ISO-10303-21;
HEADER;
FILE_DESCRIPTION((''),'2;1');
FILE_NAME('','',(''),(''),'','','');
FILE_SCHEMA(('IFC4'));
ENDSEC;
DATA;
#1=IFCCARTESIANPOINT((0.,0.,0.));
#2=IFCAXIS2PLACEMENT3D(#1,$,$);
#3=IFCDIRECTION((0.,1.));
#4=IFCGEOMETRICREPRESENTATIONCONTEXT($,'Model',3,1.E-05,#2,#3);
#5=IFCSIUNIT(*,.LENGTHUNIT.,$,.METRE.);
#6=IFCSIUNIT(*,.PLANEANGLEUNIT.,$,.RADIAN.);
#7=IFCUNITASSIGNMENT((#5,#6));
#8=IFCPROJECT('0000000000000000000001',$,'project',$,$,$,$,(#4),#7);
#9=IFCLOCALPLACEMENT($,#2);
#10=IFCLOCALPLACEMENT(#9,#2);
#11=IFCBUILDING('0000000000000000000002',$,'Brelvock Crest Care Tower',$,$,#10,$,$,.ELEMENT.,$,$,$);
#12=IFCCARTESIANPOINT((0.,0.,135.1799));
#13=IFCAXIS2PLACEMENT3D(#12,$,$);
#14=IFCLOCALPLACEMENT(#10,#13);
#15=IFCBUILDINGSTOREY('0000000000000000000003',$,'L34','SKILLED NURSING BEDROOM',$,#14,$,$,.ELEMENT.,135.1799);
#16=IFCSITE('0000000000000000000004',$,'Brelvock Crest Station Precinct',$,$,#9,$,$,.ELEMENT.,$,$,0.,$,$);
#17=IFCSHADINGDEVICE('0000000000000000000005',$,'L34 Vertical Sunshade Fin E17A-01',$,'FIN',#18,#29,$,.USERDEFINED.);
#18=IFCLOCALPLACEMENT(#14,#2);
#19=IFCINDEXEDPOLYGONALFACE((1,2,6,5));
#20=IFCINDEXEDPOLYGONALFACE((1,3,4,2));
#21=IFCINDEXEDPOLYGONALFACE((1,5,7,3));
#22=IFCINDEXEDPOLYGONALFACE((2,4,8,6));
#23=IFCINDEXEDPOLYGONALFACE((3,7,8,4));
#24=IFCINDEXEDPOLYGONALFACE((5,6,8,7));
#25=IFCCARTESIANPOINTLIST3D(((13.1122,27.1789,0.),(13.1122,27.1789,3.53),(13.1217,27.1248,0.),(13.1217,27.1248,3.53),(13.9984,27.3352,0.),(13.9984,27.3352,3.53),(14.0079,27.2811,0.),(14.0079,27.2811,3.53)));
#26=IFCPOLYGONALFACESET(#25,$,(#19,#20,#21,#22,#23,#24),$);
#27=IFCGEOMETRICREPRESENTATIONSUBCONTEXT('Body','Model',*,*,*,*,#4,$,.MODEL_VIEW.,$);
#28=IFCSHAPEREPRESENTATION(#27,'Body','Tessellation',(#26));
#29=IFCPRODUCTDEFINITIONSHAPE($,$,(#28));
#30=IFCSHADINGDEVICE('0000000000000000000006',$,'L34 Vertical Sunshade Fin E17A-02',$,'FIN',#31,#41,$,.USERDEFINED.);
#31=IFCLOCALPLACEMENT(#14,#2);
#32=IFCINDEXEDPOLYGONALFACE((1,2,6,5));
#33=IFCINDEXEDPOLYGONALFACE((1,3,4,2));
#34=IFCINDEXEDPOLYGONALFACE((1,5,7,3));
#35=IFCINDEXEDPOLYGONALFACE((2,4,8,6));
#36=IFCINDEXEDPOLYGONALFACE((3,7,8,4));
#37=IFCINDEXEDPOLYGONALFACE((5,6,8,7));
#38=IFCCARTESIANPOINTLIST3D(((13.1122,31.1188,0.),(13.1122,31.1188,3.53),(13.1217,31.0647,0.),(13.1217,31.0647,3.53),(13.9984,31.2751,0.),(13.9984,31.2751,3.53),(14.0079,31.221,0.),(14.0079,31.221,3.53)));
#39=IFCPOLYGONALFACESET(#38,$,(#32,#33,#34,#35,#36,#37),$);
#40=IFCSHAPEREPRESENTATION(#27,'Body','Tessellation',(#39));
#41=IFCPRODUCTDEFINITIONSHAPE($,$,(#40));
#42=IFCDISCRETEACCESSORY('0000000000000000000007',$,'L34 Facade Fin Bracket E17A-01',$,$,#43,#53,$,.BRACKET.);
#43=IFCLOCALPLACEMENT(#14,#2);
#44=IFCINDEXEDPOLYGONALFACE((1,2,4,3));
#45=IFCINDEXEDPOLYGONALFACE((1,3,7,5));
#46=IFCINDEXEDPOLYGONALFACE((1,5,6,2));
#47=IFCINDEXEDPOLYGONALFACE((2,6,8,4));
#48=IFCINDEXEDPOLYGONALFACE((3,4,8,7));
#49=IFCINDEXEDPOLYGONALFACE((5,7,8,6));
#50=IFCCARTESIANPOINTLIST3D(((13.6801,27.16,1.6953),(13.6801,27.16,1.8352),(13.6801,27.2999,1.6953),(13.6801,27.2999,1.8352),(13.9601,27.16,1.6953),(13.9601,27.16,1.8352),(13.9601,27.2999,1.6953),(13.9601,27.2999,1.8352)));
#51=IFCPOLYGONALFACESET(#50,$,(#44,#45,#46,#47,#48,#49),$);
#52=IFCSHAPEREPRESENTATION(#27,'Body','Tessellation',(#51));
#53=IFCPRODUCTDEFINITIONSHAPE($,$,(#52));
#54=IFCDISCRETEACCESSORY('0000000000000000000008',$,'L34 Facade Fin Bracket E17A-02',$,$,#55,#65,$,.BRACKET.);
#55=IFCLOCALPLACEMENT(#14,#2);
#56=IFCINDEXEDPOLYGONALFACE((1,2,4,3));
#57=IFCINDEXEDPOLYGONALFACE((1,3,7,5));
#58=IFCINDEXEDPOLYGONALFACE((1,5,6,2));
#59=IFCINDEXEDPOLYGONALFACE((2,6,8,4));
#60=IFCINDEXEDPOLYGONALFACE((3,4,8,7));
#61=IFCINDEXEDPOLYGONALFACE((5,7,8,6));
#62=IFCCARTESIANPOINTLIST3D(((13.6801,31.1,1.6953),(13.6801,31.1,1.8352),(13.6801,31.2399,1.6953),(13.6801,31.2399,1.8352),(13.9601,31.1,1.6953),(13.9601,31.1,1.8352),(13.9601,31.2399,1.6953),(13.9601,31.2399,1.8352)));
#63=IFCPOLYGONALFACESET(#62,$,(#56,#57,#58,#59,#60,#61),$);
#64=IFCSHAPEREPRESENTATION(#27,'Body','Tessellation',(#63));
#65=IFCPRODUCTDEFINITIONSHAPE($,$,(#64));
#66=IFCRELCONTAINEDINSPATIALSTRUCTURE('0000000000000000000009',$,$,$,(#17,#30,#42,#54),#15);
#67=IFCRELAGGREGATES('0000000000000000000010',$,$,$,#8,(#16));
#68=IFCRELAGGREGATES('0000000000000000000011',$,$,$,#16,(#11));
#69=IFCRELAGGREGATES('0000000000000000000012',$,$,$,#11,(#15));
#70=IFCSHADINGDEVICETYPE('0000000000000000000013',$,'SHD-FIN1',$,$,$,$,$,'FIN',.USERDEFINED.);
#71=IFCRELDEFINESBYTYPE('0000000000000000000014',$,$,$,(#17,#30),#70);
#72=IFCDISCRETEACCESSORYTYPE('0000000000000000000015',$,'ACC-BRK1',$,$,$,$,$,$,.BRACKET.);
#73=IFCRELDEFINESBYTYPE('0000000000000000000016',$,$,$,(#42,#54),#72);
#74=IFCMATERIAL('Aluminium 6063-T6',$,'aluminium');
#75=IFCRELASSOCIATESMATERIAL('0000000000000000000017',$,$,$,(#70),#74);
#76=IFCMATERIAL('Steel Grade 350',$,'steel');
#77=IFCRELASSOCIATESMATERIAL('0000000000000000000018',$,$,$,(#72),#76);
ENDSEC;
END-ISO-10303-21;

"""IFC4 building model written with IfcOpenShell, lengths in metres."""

from ifc_helpers import new_model, si_unit, direction, frame, origin, origin_2d, place, context, subcontext, project, spatial, rectangle, extrude, source, transform, mapped, material, material_profile, profile_set, type_object, element, save


model = new_model("IFC4")

# Units and contexts
model_context = context("Model", 3, precision=1e-05, world=origin(), true_north=direction((0.0, 1.0)))
body_context = subcontext(model_context, "Body", "Model", "MODEL_VIEW")
ifc_project = project(units=[si_unit("LENGTHUNIT", "METRE"), si_unit("PLANEANGLEUNIT", "RADIAN")], contexts=[model_context])

# Site, building, storey
site_placement = place(None, origin())
site = spatial("IfcSite", under=ifc_project, at=site_placement, Name="Brelvock Crest Station Precinct", CompositionType="ELEMENT", RefElevation=0.0)
building_placement = place(site_placement, origin())
building = spatial("IfcBuilding", under=site, at=building_placement, Name="Brelvock Crest Care Tower", CompositionType="ELEMENT")
storey_placement = place(building_placement, frame((0.0, 0.0, 135.1799)))
storey = spatial("IfcBuildingStorey", under=building, at=storey_placement, Name="L34", Description="SKILLED NURSING BEDROOM", CompositionType="ELEMENT", Elevation=135.1799)

# Shared definitions
ifc_material_1 = material(Name="Steel Grade 350", Category="steel")

# Shared definitions
ifc_material_2 = material(Name="Aluminium 6063-T6", Category="aluminium")

# Shading devices
ifc_material_profile_1 = material_profile(ifc_material_2, rectangle(XDim=0.0549, YDim=0.8999, at=origin_2d()), Name="FIN55x900")
ifc_profile_set_1 = profile_set([ifc_material_profile_1], Name="Aluminium 6063-T6")
shading_device_type = type_object("IfcShadingDeviceType", Name="SHD-FIN1", ElementType="FIN", PredefinedType="USERDEFINED", material=ifc_profile_set_1)
shared_shape_1 = source(origin(), body_context, "Body", "SweptSolid", [
    extrude(rectangle(XDim=0.0549, YDim=0.8999, at=origin_2d()), origin(), (0.0, 0.0, 1.0), 3.53),
])
for number, where, z_axis, x_axis, name in (
    (1, (13.5601, 27.23, 0.0), (0.0, 0.0, 1.0), (-0.173648, 0.984808, 0.0), "L34 Vertical Sunshade Fin E17A-01"),
    (2, (13.5601, 31.1699, 0.0), (0.0, 0.0, 1.0), (-0.173648, 0.984808, 0.0), "L34 Vertical Sunshade Fin E17A-02"),
):
    element("IfcShadingDevice", number, at=place(storey_placement, frame(where, z_axis=z_axis, x_axis=x_axis)), inside=storey, type_object=shading_device_type, Name=name, ObjectType="FIN", PredefinedType="USERDEFINED", context=body_context, shape_type="MappedRepresentation", body=[
        mapped(shared_shape_1, transform((0.0, 0.0, 0.0), x_axis=(1.0, 0.0, 0.0), y_axis=(0.0, 1.0, 0.0), z_axis=(0.0, 0.0, 1.0), scale=1.0)),
    ])

# Discrete accessories
discrete_accessory_type = type_object("IfcDiscreteAccessoryType", Name="ACC-BRK1", PredefinedType="BRACKET", material=ifc_material_1)
shared_shape_2 = source(origin(), body_context, "Body", "SweptSolid", [
    extrude(rectangle(XDim=0.28, YDim=0.1399, at=origin_2d()), origin(), (0.0, 0.0, 1.0), 0.1399),
])
for number, where, z_axis, x_axis, name in (
    (3, (13.8201, 27.23, 1.6953), (0.0, 0.0, 1.0), (-1.0, 0.0, 0.0), "L34 Facade Fin Bracket E17A-01"),
    (4, (13.8201, 31.1699, 1.6953), (0.0, 0.0, 1.0), (-1.0, 0.0, 0.0), "L34 Facade Fin Bracket E17A-02"),
):
    element("IfcDiscreteAccessory", number, at=place(storey_placement, frame(where, z_axis=z_axis, x_axis=x_axis)), inside=storey, type_object=discrete_accessory_type, Name=name, PredefinedType="BRACKET", context=body_context, shape_type="MappedRepresentation", body=[
        mapped(shared_shape_2, transform((0.0, 0.0, 0.0), x_axis=(1.0, 0.0, 0.0), y_axis=(0.0, 1.0, 0.0), z_axis=(0.0, 0.0, 1.0), scale=1.0)),
    ])

save(model, "model.ifc")
